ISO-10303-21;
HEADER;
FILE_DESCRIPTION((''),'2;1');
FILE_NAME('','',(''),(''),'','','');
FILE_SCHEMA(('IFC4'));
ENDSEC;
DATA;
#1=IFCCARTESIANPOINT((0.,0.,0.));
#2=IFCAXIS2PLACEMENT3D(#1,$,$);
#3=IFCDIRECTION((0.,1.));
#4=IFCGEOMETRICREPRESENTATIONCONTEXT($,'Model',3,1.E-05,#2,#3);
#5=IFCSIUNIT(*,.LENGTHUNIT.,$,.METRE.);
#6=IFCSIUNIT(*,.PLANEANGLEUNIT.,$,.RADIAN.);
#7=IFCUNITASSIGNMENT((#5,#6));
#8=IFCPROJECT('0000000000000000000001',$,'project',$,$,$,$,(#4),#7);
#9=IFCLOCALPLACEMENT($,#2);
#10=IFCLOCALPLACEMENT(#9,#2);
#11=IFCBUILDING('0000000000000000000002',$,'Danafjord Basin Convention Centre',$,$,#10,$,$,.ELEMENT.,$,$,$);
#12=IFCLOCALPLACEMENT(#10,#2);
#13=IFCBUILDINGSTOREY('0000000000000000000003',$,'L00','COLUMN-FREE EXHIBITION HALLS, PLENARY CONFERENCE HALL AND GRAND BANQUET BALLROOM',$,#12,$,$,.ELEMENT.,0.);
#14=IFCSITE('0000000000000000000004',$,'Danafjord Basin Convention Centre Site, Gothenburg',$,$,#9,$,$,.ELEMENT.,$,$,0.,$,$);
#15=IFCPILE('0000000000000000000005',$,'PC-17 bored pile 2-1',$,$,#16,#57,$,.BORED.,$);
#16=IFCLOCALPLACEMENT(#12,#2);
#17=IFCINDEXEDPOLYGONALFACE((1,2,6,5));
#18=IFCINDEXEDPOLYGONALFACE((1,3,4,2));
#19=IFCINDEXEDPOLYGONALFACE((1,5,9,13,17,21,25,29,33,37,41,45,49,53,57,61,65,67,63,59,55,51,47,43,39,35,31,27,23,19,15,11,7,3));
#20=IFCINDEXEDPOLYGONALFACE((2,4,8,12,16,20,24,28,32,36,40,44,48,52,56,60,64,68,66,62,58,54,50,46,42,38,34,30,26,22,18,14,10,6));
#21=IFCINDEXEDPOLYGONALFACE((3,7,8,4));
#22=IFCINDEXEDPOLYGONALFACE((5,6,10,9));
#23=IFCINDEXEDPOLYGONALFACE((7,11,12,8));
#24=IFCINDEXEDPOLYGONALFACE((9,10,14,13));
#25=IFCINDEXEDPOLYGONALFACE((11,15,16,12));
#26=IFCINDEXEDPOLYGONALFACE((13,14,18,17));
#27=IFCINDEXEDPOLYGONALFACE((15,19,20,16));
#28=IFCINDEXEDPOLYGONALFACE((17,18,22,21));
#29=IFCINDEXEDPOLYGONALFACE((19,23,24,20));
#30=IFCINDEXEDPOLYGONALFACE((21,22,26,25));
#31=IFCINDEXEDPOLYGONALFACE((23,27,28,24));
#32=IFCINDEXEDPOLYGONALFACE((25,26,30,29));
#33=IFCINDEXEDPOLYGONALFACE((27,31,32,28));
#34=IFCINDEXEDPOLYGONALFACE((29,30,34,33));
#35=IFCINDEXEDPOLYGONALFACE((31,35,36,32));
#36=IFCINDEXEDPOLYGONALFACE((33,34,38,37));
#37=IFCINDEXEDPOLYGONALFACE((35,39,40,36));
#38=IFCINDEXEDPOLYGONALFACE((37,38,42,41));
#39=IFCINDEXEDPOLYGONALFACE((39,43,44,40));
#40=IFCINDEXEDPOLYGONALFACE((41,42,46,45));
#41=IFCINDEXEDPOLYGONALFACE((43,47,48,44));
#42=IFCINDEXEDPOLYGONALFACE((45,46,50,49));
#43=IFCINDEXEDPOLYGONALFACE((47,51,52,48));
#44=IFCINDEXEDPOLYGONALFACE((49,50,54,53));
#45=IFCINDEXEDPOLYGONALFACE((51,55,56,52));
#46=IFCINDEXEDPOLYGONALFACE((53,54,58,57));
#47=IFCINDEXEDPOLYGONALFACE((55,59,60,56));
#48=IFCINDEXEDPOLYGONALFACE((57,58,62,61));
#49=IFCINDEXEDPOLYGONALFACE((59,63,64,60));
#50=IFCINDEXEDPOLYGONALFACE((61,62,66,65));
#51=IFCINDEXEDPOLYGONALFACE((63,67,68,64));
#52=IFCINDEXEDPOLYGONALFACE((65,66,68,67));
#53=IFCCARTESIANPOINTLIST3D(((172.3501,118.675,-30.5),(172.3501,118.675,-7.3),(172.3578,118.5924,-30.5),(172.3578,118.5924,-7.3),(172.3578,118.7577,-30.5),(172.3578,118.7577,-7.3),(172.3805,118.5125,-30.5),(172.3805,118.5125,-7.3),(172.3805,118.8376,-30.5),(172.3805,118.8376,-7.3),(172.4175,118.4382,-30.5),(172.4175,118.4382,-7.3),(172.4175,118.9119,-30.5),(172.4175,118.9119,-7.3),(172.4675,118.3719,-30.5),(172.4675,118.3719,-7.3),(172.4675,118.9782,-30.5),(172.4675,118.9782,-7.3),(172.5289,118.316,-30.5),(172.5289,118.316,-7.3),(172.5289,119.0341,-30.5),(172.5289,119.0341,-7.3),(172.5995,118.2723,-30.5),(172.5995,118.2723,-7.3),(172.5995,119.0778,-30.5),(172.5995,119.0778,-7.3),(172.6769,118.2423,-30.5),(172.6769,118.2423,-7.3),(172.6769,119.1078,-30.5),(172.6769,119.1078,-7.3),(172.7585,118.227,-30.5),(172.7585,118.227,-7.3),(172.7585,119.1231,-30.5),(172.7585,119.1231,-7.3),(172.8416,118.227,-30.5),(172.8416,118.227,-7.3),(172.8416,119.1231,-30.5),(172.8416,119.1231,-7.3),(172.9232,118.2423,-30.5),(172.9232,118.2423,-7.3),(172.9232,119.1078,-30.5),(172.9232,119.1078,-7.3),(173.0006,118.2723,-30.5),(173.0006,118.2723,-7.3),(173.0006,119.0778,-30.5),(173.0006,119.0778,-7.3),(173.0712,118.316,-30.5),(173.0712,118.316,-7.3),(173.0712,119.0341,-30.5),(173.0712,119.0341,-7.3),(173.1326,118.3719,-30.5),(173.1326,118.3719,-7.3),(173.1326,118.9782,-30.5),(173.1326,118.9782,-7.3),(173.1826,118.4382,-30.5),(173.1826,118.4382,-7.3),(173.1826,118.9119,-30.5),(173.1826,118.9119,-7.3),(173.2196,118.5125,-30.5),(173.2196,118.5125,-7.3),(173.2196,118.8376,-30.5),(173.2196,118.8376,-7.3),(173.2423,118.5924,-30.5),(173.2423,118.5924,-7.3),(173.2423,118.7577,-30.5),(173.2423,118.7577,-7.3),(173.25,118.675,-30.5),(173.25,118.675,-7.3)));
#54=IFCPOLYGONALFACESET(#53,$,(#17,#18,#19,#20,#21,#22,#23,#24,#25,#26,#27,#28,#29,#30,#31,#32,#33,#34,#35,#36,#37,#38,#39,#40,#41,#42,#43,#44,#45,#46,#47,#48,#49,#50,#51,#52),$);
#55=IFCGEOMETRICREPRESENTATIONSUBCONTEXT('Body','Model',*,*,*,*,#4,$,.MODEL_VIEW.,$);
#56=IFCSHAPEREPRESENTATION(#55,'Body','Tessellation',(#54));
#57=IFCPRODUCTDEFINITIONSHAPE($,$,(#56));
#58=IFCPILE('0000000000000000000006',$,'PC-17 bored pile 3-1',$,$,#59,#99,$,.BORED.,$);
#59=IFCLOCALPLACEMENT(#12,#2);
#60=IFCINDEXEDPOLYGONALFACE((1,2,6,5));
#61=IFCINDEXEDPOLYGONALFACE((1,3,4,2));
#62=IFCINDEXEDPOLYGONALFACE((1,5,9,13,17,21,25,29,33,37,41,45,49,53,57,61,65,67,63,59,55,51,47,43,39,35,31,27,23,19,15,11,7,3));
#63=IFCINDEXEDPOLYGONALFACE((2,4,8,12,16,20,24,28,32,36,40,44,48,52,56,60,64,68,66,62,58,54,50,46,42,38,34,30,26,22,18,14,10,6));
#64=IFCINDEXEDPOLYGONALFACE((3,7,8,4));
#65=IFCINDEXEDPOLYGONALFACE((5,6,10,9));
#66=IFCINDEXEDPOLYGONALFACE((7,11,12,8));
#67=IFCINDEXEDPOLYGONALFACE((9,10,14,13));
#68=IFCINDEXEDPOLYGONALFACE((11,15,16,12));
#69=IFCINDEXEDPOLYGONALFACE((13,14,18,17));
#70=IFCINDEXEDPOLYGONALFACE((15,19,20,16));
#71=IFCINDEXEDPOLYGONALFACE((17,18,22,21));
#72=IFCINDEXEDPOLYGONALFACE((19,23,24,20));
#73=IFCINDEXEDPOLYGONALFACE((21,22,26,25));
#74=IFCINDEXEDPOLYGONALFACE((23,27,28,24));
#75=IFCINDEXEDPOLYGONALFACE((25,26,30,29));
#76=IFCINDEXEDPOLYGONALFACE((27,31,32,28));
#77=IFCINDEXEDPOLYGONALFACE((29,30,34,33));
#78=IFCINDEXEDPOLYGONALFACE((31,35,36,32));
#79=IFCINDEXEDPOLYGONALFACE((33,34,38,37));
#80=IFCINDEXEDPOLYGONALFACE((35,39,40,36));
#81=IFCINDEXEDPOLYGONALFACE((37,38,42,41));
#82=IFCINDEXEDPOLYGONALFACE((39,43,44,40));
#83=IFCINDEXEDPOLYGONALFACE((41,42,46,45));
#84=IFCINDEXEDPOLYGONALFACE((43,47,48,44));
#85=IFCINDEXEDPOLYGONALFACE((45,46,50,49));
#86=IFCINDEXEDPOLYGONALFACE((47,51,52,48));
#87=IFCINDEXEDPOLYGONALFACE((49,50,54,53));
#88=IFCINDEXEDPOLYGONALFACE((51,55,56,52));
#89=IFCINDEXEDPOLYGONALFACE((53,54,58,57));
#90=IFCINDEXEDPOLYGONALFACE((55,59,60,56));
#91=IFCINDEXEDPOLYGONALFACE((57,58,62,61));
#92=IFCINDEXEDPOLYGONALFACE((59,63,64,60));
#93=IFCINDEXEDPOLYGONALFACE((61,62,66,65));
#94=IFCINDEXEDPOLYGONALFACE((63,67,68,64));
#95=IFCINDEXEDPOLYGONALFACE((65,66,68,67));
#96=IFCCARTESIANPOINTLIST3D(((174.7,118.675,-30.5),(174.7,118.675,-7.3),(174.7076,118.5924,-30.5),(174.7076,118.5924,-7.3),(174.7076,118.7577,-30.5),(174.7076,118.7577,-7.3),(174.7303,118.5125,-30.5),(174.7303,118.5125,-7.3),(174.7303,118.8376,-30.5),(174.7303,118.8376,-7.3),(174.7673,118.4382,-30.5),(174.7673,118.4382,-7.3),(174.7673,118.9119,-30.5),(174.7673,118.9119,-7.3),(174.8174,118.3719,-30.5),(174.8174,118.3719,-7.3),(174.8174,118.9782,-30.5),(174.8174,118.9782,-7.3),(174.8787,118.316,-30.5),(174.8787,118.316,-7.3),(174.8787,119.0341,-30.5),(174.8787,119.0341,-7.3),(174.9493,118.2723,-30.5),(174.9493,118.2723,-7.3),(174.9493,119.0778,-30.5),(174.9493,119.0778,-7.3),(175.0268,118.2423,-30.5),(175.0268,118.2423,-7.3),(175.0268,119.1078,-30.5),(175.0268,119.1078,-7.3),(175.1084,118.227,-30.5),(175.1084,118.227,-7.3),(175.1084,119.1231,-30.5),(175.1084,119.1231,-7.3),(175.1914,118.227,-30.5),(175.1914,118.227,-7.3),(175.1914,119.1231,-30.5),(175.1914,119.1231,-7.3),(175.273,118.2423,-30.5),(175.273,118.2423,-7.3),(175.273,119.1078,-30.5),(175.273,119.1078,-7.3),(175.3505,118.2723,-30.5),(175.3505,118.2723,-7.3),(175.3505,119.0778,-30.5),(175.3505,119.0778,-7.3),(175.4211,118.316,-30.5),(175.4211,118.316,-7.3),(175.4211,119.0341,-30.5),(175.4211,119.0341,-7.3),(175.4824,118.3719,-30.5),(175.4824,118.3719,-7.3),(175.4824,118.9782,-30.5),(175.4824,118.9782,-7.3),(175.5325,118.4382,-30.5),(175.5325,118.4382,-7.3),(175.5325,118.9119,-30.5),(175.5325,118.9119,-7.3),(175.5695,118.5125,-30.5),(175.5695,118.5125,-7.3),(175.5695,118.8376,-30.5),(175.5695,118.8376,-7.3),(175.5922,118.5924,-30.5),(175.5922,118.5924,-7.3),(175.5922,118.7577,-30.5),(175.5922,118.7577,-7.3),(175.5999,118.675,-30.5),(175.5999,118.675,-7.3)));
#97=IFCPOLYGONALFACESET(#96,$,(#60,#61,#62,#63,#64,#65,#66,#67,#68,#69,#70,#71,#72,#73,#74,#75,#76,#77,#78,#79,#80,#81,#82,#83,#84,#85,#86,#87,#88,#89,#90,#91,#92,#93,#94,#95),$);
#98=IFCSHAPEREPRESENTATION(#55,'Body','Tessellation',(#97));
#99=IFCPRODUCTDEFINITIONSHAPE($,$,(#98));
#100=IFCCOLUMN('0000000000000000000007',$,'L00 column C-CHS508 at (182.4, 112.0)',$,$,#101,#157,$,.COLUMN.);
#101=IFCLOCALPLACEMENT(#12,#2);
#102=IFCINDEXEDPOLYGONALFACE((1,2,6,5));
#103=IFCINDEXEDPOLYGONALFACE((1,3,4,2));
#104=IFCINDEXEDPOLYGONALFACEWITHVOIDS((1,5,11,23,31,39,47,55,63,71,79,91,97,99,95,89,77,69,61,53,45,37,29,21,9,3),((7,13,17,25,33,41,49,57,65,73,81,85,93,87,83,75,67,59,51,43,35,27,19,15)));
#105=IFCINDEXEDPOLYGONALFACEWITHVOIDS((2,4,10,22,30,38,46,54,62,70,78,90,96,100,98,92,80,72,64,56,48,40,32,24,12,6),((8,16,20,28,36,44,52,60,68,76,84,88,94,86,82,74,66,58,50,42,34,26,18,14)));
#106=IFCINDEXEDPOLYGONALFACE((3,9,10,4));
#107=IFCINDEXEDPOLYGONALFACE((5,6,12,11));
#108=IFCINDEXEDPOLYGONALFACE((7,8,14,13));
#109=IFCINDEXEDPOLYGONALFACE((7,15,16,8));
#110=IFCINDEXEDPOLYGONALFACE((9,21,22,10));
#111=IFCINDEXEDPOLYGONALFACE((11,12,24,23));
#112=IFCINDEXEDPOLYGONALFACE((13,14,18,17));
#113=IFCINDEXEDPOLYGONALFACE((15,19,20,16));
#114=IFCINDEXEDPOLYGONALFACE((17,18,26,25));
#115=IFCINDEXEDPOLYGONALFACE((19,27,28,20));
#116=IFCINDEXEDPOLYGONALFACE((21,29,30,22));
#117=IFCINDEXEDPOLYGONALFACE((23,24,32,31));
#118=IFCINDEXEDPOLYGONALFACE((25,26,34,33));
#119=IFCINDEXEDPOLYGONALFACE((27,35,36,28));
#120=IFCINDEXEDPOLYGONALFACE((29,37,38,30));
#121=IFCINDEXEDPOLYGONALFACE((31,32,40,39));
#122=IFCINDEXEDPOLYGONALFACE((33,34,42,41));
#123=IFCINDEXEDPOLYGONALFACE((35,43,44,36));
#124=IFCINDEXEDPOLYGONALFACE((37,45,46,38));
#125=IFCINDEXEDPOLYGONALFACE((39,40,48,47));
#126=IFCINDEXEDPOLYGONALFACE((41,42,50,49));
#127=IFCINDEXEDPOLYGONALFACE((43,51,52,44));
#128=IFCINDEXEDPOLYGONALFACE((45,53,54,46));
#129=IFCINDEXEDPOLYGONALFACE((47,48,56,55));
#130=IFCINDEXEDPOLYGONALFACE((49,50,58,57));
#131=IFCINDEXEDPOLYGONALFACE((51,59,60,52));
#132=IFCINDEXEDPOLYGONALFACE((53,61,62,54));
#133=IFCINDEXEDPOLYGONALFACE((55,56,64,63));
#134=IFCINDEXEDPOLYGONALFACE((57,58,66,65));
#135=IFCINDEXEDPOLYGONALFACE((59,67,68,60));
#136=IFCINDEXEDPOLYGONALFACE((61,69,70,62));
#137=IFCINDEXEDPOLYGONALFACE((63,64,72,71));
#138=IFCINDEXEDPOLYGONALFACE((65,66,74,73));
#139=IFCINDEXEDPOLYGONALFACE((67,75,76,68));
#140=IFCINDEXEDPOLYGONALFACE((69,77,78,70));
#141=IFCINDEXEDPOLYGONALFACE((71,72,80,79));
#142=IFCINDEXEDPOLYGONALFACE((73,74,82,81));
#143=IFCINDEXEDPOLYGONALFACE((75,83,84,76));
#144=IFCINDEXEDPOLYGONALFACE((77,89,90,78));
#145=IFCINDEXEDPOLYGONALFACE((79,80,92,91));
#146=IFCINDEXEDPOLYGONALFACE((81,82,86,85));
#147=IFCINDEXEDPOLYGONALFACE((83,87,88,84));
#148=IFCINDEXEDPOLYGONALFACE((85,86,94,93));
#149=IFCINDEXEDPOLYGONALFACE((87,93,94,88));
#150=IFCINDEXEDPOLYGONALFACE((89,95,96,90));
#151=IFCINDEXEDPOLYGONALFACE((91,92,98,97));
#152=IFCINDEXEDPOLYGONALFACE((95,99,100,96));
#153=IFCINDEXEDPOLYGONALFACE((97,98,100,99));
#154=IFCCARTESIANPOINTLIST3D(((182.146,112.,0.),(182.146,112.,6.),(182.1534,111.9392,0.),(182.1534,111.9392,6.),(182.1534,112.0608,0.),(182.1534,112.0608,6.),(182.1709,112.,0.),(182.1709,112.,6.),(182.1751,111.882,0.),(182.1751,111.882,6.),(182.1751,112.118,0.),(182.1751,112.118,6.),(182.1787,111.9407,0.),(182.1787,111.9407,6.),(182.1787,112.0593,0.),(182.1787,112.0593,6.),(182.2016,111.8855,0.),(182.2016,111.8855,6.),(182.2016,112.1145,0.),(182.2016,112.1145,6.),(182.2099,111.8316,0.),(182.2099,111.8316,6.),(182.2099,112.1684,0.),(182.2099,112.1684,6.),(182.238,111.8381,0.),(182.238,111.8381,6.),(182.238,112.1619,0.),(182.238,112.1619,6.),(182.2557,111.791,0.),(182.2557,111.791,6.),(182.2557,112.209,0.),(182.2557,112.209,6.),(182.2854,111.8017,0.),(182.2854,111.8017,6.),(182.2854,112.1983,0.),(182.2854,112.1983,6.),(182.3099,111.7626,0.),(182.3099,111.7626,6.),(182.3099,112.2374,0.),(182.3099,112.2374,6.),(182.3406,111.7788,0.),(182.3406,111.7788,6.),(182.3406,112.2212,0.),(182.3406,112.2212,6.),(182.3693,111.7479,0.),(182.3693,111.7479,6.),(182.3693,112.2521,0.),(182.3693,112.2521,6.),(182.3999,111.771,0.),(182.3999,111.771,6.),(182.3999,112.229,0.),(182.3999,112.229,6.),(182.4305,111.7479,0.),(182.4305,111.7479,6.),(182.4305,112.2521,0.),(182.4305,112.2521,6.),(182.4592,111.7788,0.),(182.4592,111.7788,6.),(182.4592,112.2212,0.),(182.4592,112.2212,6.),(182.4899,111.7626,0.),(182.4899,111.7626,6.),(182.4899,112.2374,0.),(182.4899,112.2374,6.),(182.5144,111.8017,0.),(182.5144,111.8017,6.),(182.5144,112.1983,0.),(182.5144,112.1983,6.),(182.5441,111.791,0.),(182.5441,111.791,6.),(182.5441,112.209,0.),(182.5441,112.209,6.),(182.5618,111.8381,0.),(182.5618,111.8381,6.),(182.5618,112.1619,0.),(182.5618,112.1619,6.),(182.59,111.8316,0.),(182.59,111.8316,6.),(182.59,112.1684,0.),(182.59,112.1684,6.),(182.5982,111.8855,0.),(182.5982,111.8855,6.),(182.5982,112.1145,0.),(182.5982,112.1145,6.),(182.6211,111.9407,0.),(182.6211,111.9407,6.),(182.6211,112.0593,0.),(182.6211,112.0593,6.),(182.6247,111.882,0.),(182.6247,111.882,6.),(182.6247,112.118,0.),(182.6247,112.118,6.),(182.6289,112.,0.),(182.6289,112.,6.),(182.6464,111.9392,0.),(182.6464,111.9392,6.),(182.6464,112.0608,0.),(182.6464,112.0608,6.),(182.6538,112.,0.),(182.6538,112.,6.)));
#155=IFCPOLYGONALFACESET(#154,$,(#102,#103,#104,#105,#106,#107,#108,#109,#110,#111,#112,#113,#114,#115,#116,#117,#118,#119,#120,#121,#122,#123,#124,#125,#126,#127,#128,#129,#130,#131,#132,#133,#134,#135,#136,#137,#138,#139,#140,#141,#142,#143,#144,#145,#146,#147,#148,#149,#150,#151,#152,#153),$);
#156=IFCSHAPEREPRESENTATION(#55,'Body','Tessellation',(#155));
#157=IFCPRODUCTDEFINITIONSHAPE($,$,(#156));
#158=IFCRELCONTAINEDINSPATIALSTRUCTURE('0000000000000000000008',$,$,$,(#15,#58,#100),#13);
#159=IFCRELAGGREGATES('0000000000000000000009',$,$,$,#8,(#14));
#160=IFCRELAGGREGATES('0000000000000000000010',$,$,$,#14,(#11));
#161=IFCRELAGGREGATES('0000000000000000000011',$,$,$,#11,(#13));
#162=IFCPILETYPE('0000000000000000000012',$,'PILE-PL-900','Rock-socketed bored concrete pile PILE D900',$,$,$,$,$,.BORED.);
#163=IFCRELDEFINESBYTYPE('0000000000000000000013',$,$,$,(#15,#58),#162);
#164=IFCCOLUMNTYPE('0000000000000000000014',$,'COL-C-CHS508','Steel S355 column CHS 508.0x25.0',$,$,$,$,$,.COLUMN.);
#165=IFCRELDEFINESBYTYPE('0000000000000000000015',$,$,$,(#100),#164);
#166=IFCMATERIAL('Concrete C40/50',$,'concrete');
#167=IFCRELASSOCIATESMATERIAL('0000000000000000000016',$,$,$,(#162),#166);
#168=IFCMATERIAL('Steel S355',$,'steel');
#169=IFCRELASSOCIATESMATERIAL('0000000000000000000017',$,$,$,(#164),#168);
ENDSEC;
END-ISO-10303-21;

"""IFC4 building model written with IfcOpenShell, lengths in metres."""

from ifc_helpers import new_model, si_unit, direction, frame, origin, origin_2d, place, context, subcontext, project, spatial, circle, hollow_circle, extrude, material, material_profile, profile_set, type_object, element, save


model = new_model("IFC4")

# Units and contexts
model_context = context("Model", 3, precision=1e-05, world=origin(), true_north=direction((0.0, 1.0)))
body_context = subcontext(model_context, "Body", "Model", "MODEL_VIEW")
ifc_project = project(units=[si_unit("LENGTHUNIT", "METRE"), si_unit("PLANEANGLEUNIT", "RADIAN")], contexts=[model_context])

# Site, building, storey
site_placement = place(None, origin())
site = spatial("IfcSite", under=ifc_project, at=site_placement, Name="Danafjord Basin Convention Centre Site, Gothenburg", CompositionType="ELEMENT", RefElevation=0.0)
building_placement = place(site_placement, origin())
building = spatial("IfcBuilding", under=site, at=building_placement, Name="Danafjord Basin Convention Centre", CompositionType="ELEMENT")
storey_placement = place(building_placement, origin())
storey = spatial("IfcBuildingStorey", under=building, at=storey_placement, Name="L00", Description="COLUMN-FREE EXHIBITION HALLS, PLENARY CONFERENCE HALL AND GRAND BANQUET BALLROOM", CompositionType="ELEMENT", Elevation=0.0)

# Shared definitions
ifc_material_1 = material(Name="Concrete C40/50", Category="concrete")

# Piles
ifc_material_profile_1 = material_profile(ifc_material_1, circle(Radius=0.45, at=origin_2d()), Name="PILE D900")
ifc_profile_set_1 = profile_set([ifc_material_profile_1], Name="Concrete C40/50")
pile_type_1 = type_object("IfcPileType", Name="PILE-PL-900", Description="Rock-socketed bored concrete pile PILE D900", PredefinedType="BORED", material=ifc_profile_set_1)
for number, where, z_axis, x_axis, name in (
    (1, (172.8, 118.675, -7.3), (0.0, 0.0, -1.0), (1.0, 0.0, 0.0), "PC-17 bored pile 2-1"),
    (2, (175.1499, 118.675, -7.3), (0.0, 0.0, -1.0), (1.0, 0.0, 0.0), "PC-17 bored pile 3-1"),
):
    element("IfcPile", number, at=place(storey_placement, frame(where, z_axis=z_axis, x_axis=x_axis)), inside=storey, type_object=pile_type_1, Name=name, PredefinedType="BORED", context=body_context, shape_type="SweptSolid", body=[
        extrude(circle(Radius=0.45, at=origin_2d()), origin(), (0.0, 0.0, 1.0), 23.2),
    ])

# Column
ifc_material_2 = material(Name="Steel S355", Category="steel")
ifc_material_profile_2 = material_profile(ifc_material_2, hollow_circle(Radius=0.2539, WallThickness=0.0249, at=origin_2d()), Name="CHS 508.0x25.0")
ifc_profile_set_2 = profile_set([ifc_material_profile_2], Name="Steel S355")
column_type_1 = type_object("IfcColumnType", Name="COL-C-CHS508", Description="Steel S355 column CHS 508.0x25.0", PredefinedType="COLUMN", material=ifc_profile_set_2)
column_1_placement = place(storey_placement, frame((182.3999, 112.0, 0.0), z_axis=(0.0, 0.0, 1.0), x_axis=(1.0, 0.0, 0.0)))
element("IfcColumn", 3, at=column_1_placement, inside=storey, type_object=column_type_1, Name="L00 column C-CHS508 at (182.4, 112.0)", PredefinedType="COLUMN", context=body_context, shape_type="SweptSolid", body=[
    extrude(hollow_circle(Radius=0.2539, WallThickness=0.0249, at=origin_2d()), origin(), (0.0, 0.0, 1.0), 6.0),
])

save(model, "model.ifc")
